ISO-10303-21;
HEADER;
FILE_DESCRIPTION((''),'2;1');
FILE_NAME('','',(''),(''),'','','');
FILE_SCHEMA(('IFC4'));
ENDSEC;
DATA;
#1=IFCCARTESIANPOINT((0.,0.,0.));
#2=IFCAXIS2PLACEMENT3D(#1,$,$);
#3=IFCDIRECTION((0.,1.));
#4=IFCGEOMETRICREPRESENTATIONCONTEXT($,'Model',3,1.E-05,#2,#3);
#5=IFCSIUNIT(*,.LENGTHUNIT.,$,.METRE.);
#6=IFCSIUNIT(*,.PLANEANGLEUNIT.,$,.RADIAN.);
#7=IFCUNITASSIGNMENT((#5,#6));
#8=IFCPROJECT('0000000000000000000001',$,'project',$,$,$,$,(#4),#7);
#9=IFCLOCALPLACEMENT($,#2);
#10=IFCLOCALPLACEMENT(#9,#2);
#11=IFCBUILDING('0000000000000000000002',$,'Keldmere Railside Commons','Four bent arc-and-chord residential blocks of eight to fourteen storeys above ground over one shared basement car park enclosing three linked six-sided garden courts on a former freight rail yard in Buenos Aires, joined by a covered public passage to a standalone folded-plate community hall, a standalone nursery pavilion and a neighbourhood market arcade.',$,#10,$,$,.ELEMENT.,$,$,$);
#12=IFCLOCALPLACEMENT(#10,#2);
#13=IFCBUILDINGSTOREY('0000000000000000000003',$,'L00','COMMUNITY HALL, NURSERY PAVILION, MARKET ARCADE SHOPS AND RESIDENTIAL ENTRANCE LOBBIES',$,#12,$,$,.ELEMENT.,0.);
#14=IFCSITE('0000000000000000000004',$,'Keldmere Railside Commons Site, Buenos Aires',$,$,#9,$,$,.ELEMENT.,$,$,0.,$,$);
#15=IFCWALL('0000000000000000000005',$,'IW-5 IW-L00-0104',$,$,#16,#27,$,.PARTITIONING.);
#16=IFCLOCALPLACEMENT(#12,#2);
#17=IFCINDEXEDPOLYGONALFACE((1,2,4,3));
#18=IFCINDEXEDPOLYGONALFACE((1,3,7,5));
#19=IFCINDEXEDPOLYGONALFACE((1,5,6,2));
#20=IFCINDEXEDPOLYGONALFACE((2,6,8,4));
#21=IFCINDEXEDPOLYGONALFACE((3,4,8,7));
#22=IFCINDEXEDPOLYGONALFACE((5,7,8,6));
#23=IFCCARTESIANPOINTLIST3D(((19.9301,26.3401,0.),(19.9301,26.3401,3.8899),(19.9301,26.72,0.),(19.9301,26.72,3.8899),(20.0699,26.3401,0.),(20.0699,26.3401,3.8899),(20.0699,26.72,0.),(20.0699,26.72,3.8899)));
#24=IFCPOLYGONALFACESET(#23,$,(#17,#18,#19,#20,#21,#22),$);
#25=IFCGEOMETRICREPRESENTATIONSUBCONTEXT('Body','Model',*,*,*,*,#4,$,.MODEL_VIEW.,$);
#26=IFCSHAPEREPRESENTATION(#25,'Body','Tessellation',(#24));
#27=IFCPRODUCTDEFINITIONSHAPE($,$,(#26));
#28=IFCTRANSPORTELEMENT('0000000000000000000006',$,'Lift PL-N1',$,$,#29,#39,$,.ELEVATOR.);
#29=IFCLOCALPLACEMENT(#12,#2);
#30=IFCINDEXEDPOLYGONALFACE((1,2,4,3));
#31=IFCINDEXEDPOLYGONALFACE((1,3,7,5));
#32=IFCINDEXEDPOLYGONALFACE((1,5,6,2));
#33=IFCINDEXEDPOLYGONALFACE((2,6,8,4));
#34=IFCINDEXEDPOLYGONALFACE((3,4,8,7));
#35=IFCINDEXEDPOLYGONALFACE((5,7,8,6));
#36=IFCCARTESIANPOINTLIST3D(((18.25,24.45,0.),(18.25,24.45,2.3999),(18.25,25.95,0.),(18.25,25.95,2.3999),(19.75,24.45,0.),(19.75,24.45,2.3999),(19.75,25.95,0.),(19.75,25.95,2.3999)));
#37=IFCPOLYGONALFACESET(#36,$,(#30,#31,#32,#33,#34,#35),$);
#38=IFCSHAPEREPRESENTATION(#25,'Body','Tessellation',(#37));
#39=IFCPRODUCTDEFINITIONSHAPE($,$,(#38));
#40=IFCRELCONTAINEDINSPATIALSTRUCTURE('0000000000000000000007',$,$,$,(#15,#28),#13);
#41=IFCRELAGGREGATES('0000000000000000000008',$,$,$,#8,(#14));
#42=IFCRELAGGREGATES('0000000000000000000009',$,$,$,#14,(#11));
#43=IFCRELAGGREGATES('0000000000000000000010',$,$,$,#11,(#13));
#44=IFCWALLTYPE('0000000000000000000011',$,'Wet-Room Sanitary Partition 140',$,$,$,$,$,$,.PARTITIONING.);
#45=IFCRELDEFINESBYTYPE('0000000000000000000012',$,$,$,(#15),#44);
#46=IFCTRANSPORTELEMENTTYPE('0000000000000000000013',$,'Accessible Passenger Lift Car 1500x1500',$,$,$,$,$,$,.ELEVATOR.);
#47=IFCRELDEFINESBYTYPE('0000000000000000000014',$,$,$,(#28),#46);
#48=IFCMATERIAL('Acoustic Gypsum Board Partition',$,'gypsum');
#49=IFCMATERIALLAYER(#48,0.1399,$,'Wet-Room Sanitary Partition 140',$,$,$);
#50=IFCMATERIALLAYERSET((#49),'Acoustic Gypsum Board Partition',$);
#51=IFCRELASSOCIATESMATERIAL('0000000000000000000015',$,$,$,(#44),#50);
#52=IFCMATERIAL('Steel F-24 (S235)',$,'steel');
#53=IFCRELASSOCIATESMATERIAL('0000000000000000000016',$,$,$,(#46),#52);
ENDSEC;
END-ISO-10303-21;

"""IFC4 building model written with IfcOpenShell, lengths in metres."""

from ifc_helpers import new_model, si_unit, direction, frame, frame_2d, origin, origin_2d, place, context, subcontext, project, spatial, rectangle, extrude, material, layer, layer_set, type_object, element, save


model = new_model("IFC4")

# Units and contexts
model_context = context("Model", 3, precision=1e-05, world=origin(), true_north=direction((0.0, 1.0)))
body_context = subcontext(model_context, "Body", "Model", "MODEL_VIEW")
ifc_project = project(units=[si_unit("LENGTHUNIT", "METRE"), si_unit("PLANEANGLEUNIT", "RADIAN")], contexts=[model_context])

# Site, building, storey
site_placement = place(None, origin())
site = spatial("IfcSite", under=ifc_project, at=site_placement, Name="Keldmere Railside Commons Site, Buenos Aires", CompositionType="ELEMENT", RefElevation=0.0)
building_placement = place(site_placement, origin())
building = spatial("IfcBuilding", under=site, at=building_placement, Name="Keldmere Railside Commons", Description="Four bent arc-and-chord residential blocks of eight to fourteen storeys above ground over one shared basement car park enclosing three linked six-sided garden courts on a former freight rail yard in Buenos Aires, joined by a covered public passage to a standalone folded-plate community hall, a standalone nursery pavilion and a neighbourhood market arcade.", CompositionType="ELEMENT")
storey_placement = place(building_placement, origin())
storey = spatial("IfcBuildingStorey", under=building, at=storey_placement, Name="L00", Description="COMMUNITY HALL, NURSERY PAVILION, MARKET ARCADE SHOPS AND RESIDENTIAL ENTRANCE LOBBIES", CompositionType="ELEMENT", Elevation=0.0)

# Shared definitions
ifc_material_1 = material(Name="Acoustic Gypsum Board Partition", Category="gypsum")

# Shared definitions
ifc_material_2 = material(Name="Steel F-24 (S235)", Category="steel")

# Wall
ifc_layer_1 = layer(ifc_material_1, 0.1399, Name="Wet-Room Sanitary Partition 140")
ifc_layer_set_1 = layer_set([ifc_layer_1], Name="Acoustic Gypsum Board Partition")
wall_type_1 = type_object("IfcWallType", Name="Wet-Room Sanitary Partition 140", PredefinedType="PARTITIONING", material=ifc_layer_set_1)
wall_1_placement = place(storey_placement, frame((20.0, 26.3401, 0.0), z_axis=(0.0, 0.0, 1.0), x_axis=(0.0, 1.0, 0.0)))
element("IfcWall", 1, at=wall_1_placement, inside=storey, type_object=wall_type_1, Name="IW-5 IW-L00-0104", PredefinedType="PARTITIONING", context=body_context, shape_type="SweptSolid", body=[
    extrude(rectangle(XDim=0.3799, YDim=0.1399, at=frame_2d((0.1899, 0.0))), origin(), (0.0, 0.0, 1.0), 3.8899),
])

# Transport element
transport_element_type = type_object("IfcTransportElementType", Name="Accessible Passenger Lift Car 1500x1500", PredefinedType="ELEVATOR", material=ifc_material_2)
transport_element_placement = place(storey_placement, frame((19.0, 25.2, 0.0), z_axis=(0.0, 0.0, 1.0), x_axis=(1.0, 0.0, 0.0)))
element("IfcTransportElement", 2, at=transport_element_placement, inside=storey, type_object=transport_element_type, Name="Lift PL-N1", PredefinedType="ELEVATOR", context=body_context, shape_type="SweptSolid", body=[
    extrude(rectangle(XDim=1.5, YDim=1.5, at=origin_2d()), origin(), (0.0, 0.0, 1.0), 2.3999),
])

save(model, "model.ifc")
